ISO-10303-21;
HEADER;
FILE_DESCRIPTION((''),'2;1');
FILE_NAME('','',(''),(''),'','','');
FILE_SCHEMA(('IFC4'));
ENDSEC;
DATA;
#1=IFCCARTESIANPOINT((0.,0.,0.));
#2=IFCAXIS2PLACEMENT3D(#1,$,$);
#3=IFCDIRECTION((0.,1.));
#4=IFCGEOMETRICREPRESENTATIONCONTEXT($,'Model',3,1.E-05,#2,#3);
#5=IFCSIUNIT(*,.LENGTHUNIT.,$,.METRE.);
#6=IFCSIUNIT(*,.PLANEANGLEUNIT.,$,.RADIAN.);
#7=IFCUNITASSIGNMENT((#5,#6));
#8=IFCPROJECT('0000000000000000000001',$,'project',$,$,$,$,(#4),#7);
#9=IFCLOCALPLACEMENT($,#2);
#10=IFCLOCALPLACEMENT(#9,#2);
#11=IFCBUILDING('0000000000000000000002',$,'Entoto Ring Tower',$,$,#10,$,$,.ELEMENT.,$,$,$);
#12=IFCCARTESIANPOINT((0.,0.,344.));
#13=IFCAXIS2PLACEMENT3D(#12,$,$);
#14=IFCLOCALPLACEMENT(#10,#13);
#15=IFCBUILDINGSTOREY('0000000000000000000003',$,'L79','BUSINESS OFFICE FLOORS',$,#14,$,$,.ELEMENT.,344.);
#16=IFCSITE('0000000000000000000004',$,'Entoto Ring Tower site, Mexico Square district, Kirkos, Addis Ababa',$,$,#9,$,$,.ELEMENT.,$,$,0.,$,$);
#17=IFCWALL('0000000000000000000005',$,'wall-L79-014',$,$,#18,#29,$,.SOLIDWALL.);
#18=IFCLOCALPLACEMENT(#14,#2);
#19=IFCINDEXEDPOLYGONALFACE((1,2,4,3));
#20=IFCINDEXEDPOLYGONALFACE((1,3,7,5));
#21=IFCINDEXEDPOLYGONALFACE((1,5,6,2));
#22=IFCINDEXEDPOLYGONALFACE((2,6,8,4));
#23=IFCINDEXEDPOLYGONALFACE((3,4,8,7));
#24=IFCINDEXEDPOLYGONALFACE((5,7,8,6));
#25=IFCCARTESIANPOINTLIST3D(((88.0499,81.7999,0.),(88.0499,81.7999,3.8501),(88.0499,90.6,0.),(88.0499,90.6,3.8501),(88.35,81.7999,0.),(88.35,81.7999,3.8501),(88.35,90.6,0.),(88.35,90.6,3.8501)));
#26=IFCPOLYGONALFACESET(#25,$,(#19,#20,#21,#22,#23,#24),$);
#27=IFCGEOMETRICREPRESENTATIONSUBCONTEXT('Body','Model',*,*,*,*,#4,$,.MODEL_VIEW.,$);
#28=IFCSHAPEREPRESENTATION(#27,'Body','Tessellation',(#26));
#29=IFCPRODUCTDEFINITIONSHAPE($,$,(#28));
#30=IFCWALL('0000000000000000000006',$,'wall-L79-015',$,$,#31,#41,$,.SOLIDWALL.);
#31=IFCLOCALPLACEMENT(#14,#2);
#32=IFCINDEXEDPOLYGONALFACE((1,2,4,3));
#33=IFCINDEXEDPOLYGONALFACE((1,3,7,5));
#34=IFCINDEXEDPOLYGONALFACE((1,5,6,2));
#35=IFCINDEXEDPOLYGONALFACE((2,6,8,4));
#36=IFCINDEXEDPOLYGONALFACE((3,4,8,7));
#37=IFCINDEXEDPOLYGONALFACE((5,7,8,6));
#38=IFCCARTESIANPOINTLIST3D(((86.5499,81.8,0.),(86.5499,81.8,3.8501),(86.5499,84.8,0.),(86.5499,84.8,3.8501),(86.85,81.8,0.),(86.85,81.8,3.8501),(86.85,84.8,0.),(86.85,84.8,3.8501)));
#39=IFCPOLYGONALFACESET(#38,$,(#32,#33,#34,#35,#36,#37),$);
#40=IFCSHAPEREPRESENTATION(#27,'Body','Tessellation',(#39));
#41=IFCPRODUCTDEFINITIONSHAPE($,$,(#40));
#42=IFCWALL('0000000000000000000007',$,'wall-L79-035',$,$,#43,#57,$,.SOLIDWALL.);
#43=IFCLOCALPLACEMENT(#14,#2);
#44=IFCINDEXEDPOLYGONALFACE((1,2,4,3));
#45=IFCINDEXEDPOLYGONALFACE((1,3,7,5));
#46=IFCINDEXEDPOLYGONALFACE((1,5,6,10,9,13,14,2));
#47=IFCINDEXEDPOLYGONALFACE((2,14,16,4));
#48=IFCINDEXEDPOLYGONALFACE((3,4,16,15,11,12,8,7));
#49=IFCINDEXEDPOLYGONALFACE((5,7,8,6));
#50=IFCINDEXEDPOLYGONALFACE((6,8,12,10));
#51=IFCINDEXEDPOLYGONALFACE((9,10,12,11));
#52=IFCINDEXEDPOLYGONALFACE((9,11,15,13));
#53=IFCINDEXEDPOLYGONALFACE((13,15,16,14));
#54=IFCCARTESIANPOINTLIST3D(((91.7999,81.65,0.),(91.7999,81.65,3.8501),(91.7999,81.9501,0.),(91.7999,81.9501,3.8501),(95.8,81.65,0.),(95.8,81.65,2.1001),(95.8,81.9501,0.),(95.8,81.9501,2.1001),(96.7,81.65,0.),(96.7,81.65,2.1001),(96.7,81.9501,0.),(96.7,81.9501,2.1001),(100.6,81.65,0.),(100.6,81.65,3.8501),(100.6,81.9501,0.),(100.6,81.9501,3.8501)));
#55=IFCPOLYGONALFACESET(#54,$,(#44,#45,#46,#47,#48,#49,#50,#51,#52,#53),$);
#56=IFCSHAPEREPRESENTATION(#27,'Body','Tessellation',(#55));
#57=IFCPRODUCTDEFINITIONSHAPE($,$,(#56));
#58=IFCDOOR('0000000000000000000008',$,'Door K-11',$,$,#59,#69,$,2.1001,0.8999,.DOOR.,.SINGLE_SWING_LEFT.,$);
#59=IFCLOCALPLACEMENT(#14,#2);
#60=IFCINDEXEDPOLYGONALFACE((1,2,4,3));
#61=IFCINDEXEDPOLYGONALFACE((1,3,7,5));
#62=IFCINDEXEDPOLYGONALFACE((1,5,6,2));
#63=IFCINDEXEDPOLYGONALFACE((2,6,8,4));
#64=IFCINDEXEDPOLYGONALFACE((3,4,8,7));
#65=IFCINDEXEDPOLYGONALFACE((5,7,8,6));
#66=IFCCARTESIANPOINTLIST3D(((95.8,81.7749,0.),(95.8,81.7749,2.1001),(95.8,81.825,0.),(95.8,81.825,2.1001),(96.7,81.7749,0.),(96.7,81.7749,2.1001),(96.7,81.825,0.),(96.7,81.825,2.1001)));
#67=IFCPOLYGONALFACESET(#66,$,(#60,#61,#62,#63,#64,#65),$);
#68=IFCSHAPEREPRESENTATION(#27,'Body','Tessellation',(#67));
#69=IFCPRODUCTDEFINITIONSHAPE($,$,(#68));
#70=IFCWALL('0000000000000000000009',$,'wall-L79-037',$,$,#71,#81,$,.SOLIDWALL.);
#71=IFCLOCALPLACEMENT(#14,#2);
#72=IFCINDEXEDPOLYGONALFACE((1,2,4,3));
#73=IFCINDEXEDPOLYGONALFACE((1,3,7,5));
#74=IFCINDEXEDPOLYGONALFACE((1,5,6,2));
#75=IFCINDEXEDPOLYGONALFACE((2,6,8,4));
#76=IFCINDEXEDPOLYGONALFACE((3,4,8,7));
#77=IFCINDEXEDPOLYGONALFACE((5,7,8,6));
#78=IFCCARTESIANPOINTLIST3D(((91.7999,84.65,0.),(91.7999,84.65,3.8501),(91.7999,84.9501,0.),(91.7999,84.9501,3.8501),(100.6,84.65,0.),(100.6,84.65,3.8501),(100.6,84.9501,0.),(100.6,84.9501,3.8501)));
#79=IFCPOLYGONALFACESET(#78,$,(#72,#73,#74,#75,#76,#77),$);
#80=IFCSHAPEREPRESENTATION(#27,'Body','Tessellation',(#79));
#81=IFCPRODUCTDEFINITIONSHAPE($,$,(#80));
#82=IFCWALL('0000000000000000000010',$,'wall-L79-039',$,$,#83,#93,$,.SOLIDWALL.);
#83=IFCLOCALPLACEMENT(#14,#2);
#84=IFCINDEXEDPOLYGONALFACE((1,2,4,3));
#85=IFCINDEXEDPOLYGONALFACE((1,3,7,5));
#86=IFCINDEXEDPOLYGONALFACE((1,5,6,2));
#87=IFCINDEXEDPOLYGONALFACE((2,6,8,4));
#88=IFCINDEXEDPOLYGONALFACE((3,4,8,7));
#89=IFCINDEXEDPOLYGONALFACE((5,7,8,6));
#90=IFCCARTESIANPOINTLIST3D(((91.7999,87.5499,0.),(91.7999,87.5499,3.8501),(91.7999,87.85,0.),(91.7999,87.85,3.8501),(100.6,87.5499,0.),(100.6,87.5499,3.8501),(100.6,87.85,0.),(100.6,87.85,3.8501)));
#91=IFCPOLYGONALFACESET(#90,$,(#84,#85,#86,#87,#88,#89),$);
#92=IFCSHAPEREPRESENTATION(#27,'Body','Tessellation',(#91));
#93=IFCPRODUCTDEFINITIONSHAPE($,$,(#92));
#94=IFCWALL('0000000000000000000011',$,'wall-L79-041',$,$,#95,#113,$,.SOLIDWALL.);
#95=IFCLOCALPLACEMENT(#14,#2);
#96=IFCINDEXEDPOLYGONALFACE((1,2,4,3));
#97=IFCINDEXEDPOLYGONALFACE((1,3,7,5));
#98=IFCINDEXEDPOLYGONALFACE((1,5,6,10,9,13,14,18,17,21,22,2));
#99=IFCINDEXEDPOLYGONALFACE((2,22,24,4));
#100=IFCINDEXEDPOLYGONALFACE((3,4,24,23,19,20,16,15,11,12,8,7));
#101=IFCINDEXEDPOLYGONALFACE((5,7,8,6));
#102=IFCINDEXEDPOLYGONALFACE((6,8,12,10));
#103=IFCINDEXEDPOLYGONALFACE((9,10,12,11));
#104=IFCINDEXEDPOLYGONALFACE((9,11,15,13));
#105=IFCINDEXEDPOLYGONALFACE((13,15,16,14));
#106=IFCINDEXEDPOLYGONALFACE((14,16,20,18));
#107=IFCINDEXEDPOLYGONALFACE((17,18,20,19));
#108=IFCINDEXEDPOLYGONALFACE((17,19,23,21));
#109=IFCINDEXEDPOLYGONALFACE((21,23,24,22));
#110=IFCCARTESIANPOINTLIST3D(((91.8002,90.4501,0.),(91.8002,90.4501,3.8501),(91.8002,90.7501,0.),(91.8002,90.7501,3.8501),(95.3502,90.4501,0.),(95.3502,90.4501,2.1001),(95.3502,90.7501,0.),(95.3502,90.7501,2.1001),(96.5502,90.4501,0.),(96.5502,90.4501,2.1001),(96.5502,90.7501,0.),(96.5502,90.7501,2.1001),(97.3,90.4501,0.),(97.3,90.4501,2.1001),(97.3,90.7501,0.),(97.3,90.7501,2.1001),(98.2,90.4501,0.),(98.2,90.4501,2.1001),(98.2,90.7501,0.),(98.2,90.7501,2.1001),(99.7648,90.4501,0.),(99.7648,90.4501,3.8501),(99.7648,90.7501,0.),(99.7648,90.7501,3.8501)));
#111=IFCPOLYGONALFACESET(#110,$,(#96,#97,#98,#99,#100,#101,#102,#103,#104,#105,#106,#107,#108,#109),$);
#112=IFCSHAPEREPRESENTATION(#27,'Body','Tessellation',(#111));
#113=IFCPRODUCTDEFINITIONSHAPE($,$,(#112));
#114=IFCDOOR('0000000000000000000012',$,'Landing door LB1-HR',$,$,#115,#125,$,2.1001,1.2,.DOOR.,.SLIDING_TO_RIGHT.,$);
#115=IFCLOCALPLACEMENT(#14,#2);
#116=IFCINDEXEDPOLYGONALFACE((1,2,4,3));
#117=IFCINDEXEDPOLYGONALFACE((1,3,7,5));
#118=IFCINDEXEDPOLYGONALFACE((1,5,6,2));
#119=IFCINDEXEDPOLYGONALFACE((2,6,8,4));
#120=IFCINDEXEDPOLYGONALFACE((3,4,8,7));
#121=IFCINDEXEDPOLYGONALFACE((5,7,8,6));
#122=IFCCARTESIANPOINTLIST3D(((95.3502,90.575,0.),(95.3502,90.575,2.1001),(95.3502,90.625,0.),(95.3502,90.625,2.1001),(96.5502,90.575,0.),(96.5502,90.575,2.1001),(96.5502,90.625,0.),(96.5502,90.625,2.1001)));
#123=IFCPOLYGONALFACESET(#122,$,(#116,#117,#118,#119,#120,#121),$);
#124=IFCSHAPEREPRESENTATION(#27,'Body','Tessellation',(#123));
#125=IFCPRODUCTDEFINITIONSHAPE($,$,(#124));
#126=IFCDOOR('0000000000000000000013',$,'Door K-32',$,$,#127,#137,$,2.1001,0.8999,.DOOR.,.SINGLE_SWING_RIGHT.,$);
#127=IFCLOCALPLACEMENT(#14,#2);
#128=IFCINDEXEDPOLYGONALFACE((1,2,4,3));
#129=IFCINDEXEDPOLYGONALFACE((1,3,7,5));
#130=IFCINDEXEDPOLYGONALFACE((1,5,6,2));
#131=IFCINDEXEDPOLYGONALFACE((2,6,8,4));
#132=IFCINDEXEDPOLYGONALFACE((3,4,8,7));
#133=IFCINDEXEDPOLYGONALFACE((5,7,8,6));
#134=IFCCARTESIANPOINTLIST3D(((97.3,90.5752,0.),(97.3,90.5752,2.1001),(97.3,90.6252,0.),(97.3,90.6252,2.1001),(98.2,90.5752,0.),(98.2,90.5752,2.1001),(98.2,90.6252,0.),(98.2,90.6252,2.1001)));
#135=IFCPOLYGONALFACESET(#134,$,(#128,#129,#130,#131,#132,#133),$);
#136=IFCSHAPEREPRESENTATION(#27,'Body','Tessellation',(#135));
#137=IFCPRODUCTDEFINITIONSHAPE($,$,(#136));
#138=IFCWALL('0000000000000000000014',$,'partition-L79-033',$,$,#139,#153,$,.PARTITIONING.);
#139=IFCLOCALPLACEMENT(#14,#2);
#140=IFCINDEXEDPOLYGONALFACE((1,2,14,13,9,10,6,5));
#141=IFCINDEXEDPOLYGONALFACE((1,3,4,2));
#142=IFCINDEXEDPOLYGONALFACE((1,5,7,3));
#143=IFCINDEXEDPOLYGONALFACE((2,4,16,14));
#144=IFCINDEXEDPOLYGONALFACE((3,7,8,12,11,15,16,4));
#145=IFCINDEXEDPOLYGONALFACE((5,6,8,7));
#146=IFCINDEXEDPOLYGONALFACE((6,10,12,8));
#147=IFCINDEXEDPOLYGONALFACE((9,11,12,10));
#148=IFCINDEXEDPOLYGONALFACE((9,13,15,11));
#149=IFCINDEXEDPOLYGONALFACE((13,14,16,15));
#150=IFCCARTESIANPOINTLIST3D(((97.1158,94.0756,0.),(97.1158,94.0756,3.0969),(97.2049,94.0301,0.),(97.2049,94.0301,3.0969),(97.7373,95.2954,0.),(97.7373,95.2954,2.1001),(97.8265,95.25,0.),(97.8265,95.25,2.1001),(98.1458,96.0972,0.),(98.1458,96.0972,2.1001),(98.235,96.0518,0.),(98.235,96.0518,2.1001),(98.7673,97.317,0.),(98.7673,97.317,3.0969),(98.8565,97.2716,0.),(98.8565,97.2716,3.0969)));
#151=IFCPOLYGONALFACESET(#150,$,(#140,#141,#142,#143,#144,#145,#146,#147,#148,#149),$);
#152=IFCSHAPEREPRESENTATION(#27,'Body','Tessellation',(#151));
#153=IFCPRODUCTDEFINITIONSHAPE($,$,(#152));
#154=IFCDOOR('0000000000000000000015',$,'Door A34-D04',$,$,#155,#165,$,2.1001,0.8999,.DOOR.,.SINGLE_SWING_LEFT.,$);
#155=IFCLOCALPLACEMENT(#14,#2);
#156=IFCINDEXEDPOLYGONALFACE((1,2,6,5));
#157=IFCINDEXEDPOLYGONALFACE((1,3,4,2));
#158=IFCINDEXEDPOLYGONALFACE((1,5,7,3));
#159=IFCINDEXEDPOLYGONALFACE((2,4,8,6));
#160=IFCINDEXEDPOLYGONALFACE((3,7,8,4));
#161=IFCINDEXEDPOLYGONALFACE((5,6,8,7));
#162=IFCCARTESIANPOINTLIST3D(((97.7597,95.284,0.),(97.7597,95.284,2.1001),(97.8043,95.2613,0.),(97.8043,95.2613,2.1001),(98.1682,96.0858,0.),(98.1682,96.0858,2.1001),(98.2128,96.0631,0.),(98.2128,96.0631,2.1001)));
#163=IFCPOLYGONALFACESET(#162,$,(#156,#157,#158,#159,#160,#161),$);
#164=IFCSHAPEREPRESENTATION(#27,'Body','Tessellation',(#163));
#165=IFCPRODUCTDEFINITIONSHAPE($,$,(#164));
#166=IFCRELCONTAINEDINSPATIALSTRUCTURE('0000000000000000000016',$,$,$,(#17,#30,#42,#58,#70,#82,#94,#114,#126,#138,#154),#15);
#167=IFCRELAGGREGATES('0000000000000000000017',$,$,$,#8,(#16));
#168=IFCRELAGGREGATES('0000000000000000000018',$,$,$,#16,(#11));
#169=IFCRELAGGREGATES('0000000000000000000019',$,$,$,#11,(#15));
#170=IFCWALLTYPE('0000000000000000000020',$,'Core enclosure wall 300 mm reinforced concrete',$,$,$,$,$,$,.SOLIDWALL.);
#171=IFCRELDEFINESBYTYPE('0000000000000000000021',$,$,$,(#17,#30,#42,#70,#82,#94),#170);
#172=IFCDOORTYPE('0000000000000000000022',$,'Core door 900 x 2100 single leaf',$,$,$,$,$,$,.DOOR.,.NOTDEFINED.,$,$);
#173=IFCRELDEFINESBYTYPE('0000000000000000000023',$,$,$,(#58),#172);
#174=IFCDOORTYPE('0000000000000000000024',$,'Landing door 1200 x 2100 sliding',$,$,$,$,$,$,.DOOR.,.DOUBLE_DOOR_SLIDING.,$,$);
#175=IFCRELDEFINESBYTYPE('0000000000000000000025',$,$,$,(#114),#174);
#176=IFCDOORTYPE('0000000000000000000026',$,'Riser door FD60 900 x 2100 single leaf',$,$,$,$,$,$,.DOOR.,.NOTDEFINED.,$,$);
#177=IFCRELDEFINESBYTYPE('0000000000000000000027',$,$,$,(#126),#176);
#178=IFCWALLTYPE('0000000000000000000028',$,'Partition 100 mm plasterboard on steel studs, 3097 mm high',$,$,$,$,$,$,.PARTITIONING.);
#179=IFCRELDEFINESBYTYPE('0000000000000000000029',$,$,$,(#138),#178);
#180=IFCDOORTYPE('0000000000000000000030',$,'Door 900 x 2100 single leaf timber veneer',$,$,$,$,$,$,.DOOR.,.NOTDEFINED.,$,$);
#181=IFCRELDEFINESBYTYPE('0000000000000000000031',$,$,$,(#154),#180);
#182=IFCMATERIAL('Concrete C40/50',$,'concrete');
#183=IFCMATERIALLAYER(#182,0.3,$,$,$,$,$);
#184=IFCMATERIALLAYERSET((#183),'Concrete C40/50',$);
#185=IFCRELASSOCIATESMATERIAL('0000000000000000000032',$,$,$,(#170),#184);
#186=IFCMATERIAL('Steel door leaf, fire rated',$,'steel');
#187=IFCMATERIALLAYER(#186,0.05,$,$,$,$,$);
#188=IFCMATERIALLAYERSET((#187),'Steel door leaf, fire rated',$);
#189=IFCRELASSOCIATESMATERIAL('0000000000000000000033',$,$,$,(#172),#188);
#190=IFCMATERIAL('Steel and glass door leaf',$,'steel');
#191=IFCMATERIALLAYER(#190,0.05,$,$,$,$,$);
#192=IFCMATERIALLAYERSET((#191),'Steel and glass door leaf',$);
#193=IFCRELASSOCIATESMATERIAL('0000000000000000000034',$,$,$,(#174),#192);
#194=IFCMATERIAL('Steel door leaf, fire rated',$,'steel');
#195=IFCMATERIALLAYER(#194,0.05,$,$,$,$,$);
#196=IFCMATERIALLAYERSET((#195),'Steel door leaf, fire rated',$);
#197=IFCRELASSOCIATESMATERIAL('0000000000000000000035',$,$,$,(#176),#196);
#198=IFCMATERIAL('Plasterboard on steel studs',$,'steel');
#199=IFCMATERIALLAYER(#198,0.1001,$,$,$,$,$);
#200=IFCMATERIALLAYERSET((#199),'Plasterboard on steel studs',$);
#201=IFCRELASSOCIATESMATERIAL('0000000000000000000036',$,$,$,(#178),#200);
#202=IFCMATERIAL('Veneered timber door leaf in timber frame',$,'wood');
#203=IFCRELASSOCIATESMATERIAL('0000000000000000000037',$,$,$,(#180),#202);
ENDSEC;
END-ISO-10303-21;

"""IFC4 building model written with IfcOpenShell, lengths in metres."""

from ifc_helpers import new_model, si_unit, direction, frame, frame_2d, origin, place, context, subcontext, project, spatial, rectangle, extrude, material, layer, layer_set, type_object, element, fill, save


model = new_model("IFC4")

# Units and contexts
model_context = context("Model", 3, precision=1e-05, world=origin(), true_north=direction((0.0, 1.0)))
body_context = subcontext(model_context, "Body", "Model", "MODEL_VIEW")
ifc_project = project(units=[si_unit("LENGTHUNIT", "METRE"), si_unit("PLANEANGLEUNIT", "RADIAN")], contexts=[model_context])

# Site, building, storey
site_placement = place(None, origin())
site = spatial("IfcSite", under=ifc_project, at=site_placement, Name="Entoto Ring Tower site, Mexico Square district, Kirkos, Addis Ababa", CompositionType="ELEMENT", RefElevation=0.0)
building_placement = place(site_placement, origin())
building = spatial("IfcBuilding", under=site, at=building_placement, Name="Entoto Ring Tower", CompositionType="ELEMENT")
storey_placement = place(building_placement, frame((0.0, 0.0, 344.0)))
storey = spatial("IfcBuildingStorey", under=building, at=storey_placement, Name="L79", Description="BUSINESS OFFICE FLOORS", CompositionType="ELEMENT", Elevation=344.0)

# Shared definitions
ifc_material_1 = material(Name="Concrete C40/50", Category="concrete")
ifc_layer_1 = layer(ifc_material_1, 0.3)
ifc_layer_set_1 = layer_set([ifc_layer_1], Name="Concrete C40/50")
wall_type_1 = type_object("IfcWallType", Name="Core enclosure wall 300 mm reinforced concrete", PredefinedType="SOLIDWALL", material=ifc_layer_set_1)

# Shared definitions
ifc_material_2 = material(Name="Steel door leaf, fire rated", Category="steel")
ifc_layer_2 = layer(ifc_material_2, 0.05)
ifc_layer_set_2 = layer_set([ifc_layer_2], Name="Steel door leaf, fire rated")
door_type_1 = type_object("IfcDoorType", Name="Core door 900 x 2100 single leaf", OperationType="NOTDEFINED", PredefinedType="DOOR", material=ifc_layer_set_2)
ifc_material_3 = material(Name="Steel and glass door leaf", Category="steel")
ifc_layer_3 = layer(ifc_material_3, 0.05)
ifc_layer_set_3 = layer_set([ifc_layer_3], Name="Steel and glass door leaf")
door_type_2 = type_object("IfcDoorType", Name="Landing door 1200 x 2100 sliding", OperationType="DOUBLE_DOOR_SLIDING", PredefinedType="DOOR", material=ifc_layer_set_3)

# Walls
wall_1_placement = place(storey_placement, frame((88.2, 81.8, 0.0), z_axis=(0.0, 0.0, 1.0), x_axis=(0.0, 1.0, 0.0)))
element("IfcWall", 1, at=wall_1_placement, inside=storey, type_object=wall_type_1, Name="wall-L79-014", PredefinedType="SOLIDWALL", context=body_context, shape_type="SweptSolid", body=[
    extrude(rectangle(XDim=8.8, YDim=0.3, at=frame_2d((4.3999, 0.0))), origin(), (0.0, 0.0, 1.0), 3.8501),
])
wall_2_placement = place(storey_placement, frame((86.7, 81.8, 0.0), z_axis=(0.0, 0.0, 1.0), x_axis=(0.0, 1.0, 0.0)))
element("IfcWall", 2, at=wall_2_placement, inside=storey, type_object=wall_type_1, Name="wall-L79-015", PredefinedType="SOLIDWALL", context=body_context, shape_type="SweptSolid", body=[
    extrude(rectangle(XDim=3.0, YDim=0.3, at=frame_2d((1.5, 0.0))), origin(), (0.0, 0.0, 1.0), 3.8501),
])

# Wall, opening, door
wall_3_placement = place(storey_placement, frame((91.8, 81.8, 0.0), z_axis=(0.0, 0.0, 1.0), x_axis=(1.0, 0.0, 0.0)))
wall_3 = element("IfcWall", 3, at=wall_3_placement, inside=storey, type_object=wall_type_1, Name="wall-L79-035", PredefinedType="SOLIDWALL", context=body_context, shape_type="SweptSolid", body=[
    extrude(rectangle(XDim=8.8, YDim=0.3, at=frame_2d((4.3999, 0.0))), origin(), (0.0, 0.0, 1.0), 3.8501),
])
opening_1_placement = place(wall_3_placement, frame((4.0, 0.0, 0.0)))
opening_1 = element("IfcOpeningElement", 4, at=opening_1_placement, cuts=wall_3, PredefinedType="OPENING", context=body_context, shape_type="SweptSolid", body=[
    extrude(rectangle(XDim=0.8999, YDim=2.1001, at=frame_2d((0.45, 1.05))), frame((0.0, 0.1602, 0.0), z_axis=(0.0, -1.0, 0.0), x_axis=(1.0, 0.0, 0.0)), (0.0, 0.0, 1.0), 0.3201),
])
door_1_placement = place(opening_1_placement, origin())
door_1 = element("IfcDoor", 5, at=door_1_placement, inside=storey, type_object=door_type_1, Name="Door K-11", OperationType="SINGLE_SWING_LEFT", OverallHeight=2.1001, OverallWidth=0.8999, PredefinedType="DOOR", context=body_context, shape_type="SweptSolid", body=[
    extrude(rectangle(XDim=0.8999, YDim=2.1001, at=frame_2d((0.45, 1.05))), frame((0.0, 0.0249, 0.0), z_axis=(0.0, -1.0, 0.0), x_axis=(1.0, 0.0, 0.0)), (0.0, 0.0, 1.0), 0.05),
])
fill(opening_1, door_1)

# Walls
for number, where, z_axis, x_axis, name in (
    (6, (91.8, 84.8, 0.0), (0.0, 0.0, 1.0), (1.0, 0.0, 0.0), "wall-L79-037"),
    (7, (91.8, 87.7, 0.0), (0.0, 0.0, 1.0), (1.0, 0.0, 0.0), "wall-L79-039"),
):
    element("IfcWall", number, at=place(storey_placement, frame(where, z_axis=z_axis, x_axis=x_axis)), inside=storey, type_object=wall_type_1, Name=name, PredefinedType="SOLIDWALL", context=body_context, shape_type="SweptSolid", body=[
        extrude(rectangle(XDim=8.8, YDim=0.3, at=frame_2d((4.3999, 0.0))), origin(), (0.0, 0.0, 1.0), 3.8501),
    ])

# Wall, openings, doors
wall_4_placement = place(storey_placement, frame((91.8, 90.6001, 0.0), z_axis=(0.0, 0.0, 1.0), x_axis=(1.0, 0.0, 0.0)))
wall_4 = element("IfcWall", 8, at=wall_4_placement, inside=storey, type_object=wall_type_1, Name="wall-L79-041", PredefinedType="SOLIDWALL", context=body_context, shape_type="SweptSolid", body=[
    extrude(rectangle(XDim=7.9646, YDim=0.3, at=frame_2d((3.9824, 0.0))), origin(), (0.0, 0.0, 1.0), 3.8501),
])
opening_2_placement = place(wall_4_placement, frame((3.55, 0.0, 0.0)))
opening_2 = element("IfcOpeningElement", 9, at=opening_2_placement, cuts=wall_4, PredefinedType="OPENING", context=body_context, shape_type="SweptSolid", body=[
    extrude(rectangle(XDim=1.2, YDim=2.1001, at=frame_2d((0.6001, 1.05))), frame((0.0, 0.1602, 0.0), z_axis=(0.0, -1.0, 0.0), x_axis=(1.0, 0.0, 0.0)), (0.0, 0.0, 1.0), 0.3201),
])
opening_3_placement = place(wall_4_placement, frame((5.5, 0.0, 0.0)))
opening_3 = element("IfcOpeningElement", 10, at=opening_3_placement, cuts=wall_4, PredefinedType="OPENING", context=body_context, shape_type="SweptSolid", body=[
    extrude(rectangle(XDim=0.8999, YDim=2.1001, at=frame_2d((0.45, 1.05))), frame((0.0, 0.1602, 0.0), z_axis=(0.0, -1.0, 0.0), x_axis=(1.0, 0.0, 0.0)), (0.0, 0.0, 1.0), 0.3201),
])
door_2_placement = place(opening_2_placement, origin())
door_2 = element("IfcDoor", 11, at=door_2_placement, inside=storey, type_object=door_type_2, Name="Landing door LB1-HR", OperationType="SLIDING_TO_RIGHT", OverallHeight=2.1001, OverallWidth=1.2, PredefinedType="DOOR", context=body_context, shape_type="SweptSolid", body=[
    extrude(rectangle(XDim=1.2, YDim=2.1001, at=frame_2d((0.6001, 1.05))), frame((0.0, 0.0249, 0.0), z_axis=(0.0, -1.0, 0.0), x_axis=(1.0, 0.0, 0.0)), (0.0, 0.0, 1.0), 0.05),
])
fill(opening_2, door_2)
ifc_material_4 = material(Name="Steel door leaf, fire rated", Category="steel")
ifc_layer_4 = layer(ifc_material_4, 0.05)
ifc_layer_set_4 = layer_set([ifc_layer_4], Name="Steel door leaf, fire rated")
door_type_3 = type_object("IfcDoorType", Name="Riser door FD60 900 x 2100 single leaf", OperationType="NOTDEFINED", PredefinedType="DOOR", material=ifc_layer_set_4)
door_3_placement = place(opening_3_placement, frame((0.8999, 0.0, 0.0), z_axis=(0.0, 0.0, 1.0), x_axis=(-1.0, 0.0, 0.0)))
door_3 = element("IfcDoor", 12, at=door_3_placement, inside=storey, type_object=door_type_3, Name="Door K-32", OperationType="SINGLE_SWING_RIGHT", OverallHeight=2.1001, OverallWidth=0.8999, PredefinedType="DOOR", context=body_context, shape_type="SweptSolid", body=[
    extrude(rectangle(XDim=0.8999, YDim=2.1001, at=frame_2d((0.45, 1.05))), frame((0.0, 0.0249, 0.0), z_axis=(0.0, -1.0, 0.0), x_axis=(1.0, 0.0, 0.0)), (0.0, 0.0, 1.0), 0.05),
])
fill(opening_3, door_3)

# Wall, opening, door
ifc_material_5 = material(Name="Plasterboard on steel studs", Category="steel")
ifc_layer_5 = layer(ifc_material_5, 0.1001)
ifc_layer_set_5 = layer_set([ifc_layer_5], Name="Plasterboard on steel studs")
wall_type_2 = type_object("IfcWallType", Name="Partition 100 mm plasterboard on steel studs, 3097 mm high", PredefinedType="PARTITIONING", material=ifc_layer_set_5)
wall_5_placement = place(storey_placement, frame((97.1604, 94.053, 0.0), z_axis=(0.0, 0.0, 1.0), x_axis=(0.453992, 0.891006, 0.0)))
wall_5 = element("IfcWall", 13, at=wall_5_placement, inside=storey, type_object=wall_type_2, Name="partition-L79-033", PredefinedType="PARTITIONING", context=body_context, shape_type="SweptSolid", body=[
    extrude(rectangle(XDim=3.6379, YDim=0.1001, at=frame_2d((1.8188, 0.0))), origin(), (0.0, 0.0, 1.0), 3.0969),
])
opening_4_placement = place(wall_5_placement, frame((1.3689, 0.0, 0.0)))
opening_4 = element("IfcOpeningElement", 14, at=opening_4_placement, cuts=wall_5, PredefinedType="OPENING", context=body_context, shape_type="SweptSolid", body=[
    extrude(rectangle(XDim=0.8999, YDim=2.1001, at=frame_2d((0.45, 1.05))), frame((0.0, 0.0601, 0.0), z_axis=(0.0, -1.0, 0.0), x_axis=(1.0, 0.0, 0.0)), (0.0, 0.0, 1.0), 0.1201),
])
ifc_material_6 = material(Name="Veneered timber door leaf in timber frame", Category="wood")
door_type_4 = type_object("IfcDoorType", Name="Door 900 x 2100 single leaf timber veneer", OperationType="NOTDEFINED", PredefinedType="DOOR", material=ifc_material_6)
door_4_placement = place(opening_4_placement, origin())
door_4 = element("IfcDoor", 15, at=door_4_placement, inside=storey, type_object=door_type_4, Name="Door A34-D04", OperationType="SINGLE_SWING_LEFT", OverallHeight=2.1001, OverallWidth=0.8999, PredefinedType="DOOR", context=body_context, shape_type="SweptSolid", body=[
    extrude(rectangle(XDim=0.8999, YDim=2.1001, at=frame_2d((0.45, 1.05))), frame((0.0, 0.0249, 0.0), z_axis=(0.0, -1.0, 0.0), x_axis=(1.0, 0.0, 0.0)), (0.0, 0.0, 1.0), 0.05),
])
fill(opening_4, door_4)

save(model, "model.ifc")
